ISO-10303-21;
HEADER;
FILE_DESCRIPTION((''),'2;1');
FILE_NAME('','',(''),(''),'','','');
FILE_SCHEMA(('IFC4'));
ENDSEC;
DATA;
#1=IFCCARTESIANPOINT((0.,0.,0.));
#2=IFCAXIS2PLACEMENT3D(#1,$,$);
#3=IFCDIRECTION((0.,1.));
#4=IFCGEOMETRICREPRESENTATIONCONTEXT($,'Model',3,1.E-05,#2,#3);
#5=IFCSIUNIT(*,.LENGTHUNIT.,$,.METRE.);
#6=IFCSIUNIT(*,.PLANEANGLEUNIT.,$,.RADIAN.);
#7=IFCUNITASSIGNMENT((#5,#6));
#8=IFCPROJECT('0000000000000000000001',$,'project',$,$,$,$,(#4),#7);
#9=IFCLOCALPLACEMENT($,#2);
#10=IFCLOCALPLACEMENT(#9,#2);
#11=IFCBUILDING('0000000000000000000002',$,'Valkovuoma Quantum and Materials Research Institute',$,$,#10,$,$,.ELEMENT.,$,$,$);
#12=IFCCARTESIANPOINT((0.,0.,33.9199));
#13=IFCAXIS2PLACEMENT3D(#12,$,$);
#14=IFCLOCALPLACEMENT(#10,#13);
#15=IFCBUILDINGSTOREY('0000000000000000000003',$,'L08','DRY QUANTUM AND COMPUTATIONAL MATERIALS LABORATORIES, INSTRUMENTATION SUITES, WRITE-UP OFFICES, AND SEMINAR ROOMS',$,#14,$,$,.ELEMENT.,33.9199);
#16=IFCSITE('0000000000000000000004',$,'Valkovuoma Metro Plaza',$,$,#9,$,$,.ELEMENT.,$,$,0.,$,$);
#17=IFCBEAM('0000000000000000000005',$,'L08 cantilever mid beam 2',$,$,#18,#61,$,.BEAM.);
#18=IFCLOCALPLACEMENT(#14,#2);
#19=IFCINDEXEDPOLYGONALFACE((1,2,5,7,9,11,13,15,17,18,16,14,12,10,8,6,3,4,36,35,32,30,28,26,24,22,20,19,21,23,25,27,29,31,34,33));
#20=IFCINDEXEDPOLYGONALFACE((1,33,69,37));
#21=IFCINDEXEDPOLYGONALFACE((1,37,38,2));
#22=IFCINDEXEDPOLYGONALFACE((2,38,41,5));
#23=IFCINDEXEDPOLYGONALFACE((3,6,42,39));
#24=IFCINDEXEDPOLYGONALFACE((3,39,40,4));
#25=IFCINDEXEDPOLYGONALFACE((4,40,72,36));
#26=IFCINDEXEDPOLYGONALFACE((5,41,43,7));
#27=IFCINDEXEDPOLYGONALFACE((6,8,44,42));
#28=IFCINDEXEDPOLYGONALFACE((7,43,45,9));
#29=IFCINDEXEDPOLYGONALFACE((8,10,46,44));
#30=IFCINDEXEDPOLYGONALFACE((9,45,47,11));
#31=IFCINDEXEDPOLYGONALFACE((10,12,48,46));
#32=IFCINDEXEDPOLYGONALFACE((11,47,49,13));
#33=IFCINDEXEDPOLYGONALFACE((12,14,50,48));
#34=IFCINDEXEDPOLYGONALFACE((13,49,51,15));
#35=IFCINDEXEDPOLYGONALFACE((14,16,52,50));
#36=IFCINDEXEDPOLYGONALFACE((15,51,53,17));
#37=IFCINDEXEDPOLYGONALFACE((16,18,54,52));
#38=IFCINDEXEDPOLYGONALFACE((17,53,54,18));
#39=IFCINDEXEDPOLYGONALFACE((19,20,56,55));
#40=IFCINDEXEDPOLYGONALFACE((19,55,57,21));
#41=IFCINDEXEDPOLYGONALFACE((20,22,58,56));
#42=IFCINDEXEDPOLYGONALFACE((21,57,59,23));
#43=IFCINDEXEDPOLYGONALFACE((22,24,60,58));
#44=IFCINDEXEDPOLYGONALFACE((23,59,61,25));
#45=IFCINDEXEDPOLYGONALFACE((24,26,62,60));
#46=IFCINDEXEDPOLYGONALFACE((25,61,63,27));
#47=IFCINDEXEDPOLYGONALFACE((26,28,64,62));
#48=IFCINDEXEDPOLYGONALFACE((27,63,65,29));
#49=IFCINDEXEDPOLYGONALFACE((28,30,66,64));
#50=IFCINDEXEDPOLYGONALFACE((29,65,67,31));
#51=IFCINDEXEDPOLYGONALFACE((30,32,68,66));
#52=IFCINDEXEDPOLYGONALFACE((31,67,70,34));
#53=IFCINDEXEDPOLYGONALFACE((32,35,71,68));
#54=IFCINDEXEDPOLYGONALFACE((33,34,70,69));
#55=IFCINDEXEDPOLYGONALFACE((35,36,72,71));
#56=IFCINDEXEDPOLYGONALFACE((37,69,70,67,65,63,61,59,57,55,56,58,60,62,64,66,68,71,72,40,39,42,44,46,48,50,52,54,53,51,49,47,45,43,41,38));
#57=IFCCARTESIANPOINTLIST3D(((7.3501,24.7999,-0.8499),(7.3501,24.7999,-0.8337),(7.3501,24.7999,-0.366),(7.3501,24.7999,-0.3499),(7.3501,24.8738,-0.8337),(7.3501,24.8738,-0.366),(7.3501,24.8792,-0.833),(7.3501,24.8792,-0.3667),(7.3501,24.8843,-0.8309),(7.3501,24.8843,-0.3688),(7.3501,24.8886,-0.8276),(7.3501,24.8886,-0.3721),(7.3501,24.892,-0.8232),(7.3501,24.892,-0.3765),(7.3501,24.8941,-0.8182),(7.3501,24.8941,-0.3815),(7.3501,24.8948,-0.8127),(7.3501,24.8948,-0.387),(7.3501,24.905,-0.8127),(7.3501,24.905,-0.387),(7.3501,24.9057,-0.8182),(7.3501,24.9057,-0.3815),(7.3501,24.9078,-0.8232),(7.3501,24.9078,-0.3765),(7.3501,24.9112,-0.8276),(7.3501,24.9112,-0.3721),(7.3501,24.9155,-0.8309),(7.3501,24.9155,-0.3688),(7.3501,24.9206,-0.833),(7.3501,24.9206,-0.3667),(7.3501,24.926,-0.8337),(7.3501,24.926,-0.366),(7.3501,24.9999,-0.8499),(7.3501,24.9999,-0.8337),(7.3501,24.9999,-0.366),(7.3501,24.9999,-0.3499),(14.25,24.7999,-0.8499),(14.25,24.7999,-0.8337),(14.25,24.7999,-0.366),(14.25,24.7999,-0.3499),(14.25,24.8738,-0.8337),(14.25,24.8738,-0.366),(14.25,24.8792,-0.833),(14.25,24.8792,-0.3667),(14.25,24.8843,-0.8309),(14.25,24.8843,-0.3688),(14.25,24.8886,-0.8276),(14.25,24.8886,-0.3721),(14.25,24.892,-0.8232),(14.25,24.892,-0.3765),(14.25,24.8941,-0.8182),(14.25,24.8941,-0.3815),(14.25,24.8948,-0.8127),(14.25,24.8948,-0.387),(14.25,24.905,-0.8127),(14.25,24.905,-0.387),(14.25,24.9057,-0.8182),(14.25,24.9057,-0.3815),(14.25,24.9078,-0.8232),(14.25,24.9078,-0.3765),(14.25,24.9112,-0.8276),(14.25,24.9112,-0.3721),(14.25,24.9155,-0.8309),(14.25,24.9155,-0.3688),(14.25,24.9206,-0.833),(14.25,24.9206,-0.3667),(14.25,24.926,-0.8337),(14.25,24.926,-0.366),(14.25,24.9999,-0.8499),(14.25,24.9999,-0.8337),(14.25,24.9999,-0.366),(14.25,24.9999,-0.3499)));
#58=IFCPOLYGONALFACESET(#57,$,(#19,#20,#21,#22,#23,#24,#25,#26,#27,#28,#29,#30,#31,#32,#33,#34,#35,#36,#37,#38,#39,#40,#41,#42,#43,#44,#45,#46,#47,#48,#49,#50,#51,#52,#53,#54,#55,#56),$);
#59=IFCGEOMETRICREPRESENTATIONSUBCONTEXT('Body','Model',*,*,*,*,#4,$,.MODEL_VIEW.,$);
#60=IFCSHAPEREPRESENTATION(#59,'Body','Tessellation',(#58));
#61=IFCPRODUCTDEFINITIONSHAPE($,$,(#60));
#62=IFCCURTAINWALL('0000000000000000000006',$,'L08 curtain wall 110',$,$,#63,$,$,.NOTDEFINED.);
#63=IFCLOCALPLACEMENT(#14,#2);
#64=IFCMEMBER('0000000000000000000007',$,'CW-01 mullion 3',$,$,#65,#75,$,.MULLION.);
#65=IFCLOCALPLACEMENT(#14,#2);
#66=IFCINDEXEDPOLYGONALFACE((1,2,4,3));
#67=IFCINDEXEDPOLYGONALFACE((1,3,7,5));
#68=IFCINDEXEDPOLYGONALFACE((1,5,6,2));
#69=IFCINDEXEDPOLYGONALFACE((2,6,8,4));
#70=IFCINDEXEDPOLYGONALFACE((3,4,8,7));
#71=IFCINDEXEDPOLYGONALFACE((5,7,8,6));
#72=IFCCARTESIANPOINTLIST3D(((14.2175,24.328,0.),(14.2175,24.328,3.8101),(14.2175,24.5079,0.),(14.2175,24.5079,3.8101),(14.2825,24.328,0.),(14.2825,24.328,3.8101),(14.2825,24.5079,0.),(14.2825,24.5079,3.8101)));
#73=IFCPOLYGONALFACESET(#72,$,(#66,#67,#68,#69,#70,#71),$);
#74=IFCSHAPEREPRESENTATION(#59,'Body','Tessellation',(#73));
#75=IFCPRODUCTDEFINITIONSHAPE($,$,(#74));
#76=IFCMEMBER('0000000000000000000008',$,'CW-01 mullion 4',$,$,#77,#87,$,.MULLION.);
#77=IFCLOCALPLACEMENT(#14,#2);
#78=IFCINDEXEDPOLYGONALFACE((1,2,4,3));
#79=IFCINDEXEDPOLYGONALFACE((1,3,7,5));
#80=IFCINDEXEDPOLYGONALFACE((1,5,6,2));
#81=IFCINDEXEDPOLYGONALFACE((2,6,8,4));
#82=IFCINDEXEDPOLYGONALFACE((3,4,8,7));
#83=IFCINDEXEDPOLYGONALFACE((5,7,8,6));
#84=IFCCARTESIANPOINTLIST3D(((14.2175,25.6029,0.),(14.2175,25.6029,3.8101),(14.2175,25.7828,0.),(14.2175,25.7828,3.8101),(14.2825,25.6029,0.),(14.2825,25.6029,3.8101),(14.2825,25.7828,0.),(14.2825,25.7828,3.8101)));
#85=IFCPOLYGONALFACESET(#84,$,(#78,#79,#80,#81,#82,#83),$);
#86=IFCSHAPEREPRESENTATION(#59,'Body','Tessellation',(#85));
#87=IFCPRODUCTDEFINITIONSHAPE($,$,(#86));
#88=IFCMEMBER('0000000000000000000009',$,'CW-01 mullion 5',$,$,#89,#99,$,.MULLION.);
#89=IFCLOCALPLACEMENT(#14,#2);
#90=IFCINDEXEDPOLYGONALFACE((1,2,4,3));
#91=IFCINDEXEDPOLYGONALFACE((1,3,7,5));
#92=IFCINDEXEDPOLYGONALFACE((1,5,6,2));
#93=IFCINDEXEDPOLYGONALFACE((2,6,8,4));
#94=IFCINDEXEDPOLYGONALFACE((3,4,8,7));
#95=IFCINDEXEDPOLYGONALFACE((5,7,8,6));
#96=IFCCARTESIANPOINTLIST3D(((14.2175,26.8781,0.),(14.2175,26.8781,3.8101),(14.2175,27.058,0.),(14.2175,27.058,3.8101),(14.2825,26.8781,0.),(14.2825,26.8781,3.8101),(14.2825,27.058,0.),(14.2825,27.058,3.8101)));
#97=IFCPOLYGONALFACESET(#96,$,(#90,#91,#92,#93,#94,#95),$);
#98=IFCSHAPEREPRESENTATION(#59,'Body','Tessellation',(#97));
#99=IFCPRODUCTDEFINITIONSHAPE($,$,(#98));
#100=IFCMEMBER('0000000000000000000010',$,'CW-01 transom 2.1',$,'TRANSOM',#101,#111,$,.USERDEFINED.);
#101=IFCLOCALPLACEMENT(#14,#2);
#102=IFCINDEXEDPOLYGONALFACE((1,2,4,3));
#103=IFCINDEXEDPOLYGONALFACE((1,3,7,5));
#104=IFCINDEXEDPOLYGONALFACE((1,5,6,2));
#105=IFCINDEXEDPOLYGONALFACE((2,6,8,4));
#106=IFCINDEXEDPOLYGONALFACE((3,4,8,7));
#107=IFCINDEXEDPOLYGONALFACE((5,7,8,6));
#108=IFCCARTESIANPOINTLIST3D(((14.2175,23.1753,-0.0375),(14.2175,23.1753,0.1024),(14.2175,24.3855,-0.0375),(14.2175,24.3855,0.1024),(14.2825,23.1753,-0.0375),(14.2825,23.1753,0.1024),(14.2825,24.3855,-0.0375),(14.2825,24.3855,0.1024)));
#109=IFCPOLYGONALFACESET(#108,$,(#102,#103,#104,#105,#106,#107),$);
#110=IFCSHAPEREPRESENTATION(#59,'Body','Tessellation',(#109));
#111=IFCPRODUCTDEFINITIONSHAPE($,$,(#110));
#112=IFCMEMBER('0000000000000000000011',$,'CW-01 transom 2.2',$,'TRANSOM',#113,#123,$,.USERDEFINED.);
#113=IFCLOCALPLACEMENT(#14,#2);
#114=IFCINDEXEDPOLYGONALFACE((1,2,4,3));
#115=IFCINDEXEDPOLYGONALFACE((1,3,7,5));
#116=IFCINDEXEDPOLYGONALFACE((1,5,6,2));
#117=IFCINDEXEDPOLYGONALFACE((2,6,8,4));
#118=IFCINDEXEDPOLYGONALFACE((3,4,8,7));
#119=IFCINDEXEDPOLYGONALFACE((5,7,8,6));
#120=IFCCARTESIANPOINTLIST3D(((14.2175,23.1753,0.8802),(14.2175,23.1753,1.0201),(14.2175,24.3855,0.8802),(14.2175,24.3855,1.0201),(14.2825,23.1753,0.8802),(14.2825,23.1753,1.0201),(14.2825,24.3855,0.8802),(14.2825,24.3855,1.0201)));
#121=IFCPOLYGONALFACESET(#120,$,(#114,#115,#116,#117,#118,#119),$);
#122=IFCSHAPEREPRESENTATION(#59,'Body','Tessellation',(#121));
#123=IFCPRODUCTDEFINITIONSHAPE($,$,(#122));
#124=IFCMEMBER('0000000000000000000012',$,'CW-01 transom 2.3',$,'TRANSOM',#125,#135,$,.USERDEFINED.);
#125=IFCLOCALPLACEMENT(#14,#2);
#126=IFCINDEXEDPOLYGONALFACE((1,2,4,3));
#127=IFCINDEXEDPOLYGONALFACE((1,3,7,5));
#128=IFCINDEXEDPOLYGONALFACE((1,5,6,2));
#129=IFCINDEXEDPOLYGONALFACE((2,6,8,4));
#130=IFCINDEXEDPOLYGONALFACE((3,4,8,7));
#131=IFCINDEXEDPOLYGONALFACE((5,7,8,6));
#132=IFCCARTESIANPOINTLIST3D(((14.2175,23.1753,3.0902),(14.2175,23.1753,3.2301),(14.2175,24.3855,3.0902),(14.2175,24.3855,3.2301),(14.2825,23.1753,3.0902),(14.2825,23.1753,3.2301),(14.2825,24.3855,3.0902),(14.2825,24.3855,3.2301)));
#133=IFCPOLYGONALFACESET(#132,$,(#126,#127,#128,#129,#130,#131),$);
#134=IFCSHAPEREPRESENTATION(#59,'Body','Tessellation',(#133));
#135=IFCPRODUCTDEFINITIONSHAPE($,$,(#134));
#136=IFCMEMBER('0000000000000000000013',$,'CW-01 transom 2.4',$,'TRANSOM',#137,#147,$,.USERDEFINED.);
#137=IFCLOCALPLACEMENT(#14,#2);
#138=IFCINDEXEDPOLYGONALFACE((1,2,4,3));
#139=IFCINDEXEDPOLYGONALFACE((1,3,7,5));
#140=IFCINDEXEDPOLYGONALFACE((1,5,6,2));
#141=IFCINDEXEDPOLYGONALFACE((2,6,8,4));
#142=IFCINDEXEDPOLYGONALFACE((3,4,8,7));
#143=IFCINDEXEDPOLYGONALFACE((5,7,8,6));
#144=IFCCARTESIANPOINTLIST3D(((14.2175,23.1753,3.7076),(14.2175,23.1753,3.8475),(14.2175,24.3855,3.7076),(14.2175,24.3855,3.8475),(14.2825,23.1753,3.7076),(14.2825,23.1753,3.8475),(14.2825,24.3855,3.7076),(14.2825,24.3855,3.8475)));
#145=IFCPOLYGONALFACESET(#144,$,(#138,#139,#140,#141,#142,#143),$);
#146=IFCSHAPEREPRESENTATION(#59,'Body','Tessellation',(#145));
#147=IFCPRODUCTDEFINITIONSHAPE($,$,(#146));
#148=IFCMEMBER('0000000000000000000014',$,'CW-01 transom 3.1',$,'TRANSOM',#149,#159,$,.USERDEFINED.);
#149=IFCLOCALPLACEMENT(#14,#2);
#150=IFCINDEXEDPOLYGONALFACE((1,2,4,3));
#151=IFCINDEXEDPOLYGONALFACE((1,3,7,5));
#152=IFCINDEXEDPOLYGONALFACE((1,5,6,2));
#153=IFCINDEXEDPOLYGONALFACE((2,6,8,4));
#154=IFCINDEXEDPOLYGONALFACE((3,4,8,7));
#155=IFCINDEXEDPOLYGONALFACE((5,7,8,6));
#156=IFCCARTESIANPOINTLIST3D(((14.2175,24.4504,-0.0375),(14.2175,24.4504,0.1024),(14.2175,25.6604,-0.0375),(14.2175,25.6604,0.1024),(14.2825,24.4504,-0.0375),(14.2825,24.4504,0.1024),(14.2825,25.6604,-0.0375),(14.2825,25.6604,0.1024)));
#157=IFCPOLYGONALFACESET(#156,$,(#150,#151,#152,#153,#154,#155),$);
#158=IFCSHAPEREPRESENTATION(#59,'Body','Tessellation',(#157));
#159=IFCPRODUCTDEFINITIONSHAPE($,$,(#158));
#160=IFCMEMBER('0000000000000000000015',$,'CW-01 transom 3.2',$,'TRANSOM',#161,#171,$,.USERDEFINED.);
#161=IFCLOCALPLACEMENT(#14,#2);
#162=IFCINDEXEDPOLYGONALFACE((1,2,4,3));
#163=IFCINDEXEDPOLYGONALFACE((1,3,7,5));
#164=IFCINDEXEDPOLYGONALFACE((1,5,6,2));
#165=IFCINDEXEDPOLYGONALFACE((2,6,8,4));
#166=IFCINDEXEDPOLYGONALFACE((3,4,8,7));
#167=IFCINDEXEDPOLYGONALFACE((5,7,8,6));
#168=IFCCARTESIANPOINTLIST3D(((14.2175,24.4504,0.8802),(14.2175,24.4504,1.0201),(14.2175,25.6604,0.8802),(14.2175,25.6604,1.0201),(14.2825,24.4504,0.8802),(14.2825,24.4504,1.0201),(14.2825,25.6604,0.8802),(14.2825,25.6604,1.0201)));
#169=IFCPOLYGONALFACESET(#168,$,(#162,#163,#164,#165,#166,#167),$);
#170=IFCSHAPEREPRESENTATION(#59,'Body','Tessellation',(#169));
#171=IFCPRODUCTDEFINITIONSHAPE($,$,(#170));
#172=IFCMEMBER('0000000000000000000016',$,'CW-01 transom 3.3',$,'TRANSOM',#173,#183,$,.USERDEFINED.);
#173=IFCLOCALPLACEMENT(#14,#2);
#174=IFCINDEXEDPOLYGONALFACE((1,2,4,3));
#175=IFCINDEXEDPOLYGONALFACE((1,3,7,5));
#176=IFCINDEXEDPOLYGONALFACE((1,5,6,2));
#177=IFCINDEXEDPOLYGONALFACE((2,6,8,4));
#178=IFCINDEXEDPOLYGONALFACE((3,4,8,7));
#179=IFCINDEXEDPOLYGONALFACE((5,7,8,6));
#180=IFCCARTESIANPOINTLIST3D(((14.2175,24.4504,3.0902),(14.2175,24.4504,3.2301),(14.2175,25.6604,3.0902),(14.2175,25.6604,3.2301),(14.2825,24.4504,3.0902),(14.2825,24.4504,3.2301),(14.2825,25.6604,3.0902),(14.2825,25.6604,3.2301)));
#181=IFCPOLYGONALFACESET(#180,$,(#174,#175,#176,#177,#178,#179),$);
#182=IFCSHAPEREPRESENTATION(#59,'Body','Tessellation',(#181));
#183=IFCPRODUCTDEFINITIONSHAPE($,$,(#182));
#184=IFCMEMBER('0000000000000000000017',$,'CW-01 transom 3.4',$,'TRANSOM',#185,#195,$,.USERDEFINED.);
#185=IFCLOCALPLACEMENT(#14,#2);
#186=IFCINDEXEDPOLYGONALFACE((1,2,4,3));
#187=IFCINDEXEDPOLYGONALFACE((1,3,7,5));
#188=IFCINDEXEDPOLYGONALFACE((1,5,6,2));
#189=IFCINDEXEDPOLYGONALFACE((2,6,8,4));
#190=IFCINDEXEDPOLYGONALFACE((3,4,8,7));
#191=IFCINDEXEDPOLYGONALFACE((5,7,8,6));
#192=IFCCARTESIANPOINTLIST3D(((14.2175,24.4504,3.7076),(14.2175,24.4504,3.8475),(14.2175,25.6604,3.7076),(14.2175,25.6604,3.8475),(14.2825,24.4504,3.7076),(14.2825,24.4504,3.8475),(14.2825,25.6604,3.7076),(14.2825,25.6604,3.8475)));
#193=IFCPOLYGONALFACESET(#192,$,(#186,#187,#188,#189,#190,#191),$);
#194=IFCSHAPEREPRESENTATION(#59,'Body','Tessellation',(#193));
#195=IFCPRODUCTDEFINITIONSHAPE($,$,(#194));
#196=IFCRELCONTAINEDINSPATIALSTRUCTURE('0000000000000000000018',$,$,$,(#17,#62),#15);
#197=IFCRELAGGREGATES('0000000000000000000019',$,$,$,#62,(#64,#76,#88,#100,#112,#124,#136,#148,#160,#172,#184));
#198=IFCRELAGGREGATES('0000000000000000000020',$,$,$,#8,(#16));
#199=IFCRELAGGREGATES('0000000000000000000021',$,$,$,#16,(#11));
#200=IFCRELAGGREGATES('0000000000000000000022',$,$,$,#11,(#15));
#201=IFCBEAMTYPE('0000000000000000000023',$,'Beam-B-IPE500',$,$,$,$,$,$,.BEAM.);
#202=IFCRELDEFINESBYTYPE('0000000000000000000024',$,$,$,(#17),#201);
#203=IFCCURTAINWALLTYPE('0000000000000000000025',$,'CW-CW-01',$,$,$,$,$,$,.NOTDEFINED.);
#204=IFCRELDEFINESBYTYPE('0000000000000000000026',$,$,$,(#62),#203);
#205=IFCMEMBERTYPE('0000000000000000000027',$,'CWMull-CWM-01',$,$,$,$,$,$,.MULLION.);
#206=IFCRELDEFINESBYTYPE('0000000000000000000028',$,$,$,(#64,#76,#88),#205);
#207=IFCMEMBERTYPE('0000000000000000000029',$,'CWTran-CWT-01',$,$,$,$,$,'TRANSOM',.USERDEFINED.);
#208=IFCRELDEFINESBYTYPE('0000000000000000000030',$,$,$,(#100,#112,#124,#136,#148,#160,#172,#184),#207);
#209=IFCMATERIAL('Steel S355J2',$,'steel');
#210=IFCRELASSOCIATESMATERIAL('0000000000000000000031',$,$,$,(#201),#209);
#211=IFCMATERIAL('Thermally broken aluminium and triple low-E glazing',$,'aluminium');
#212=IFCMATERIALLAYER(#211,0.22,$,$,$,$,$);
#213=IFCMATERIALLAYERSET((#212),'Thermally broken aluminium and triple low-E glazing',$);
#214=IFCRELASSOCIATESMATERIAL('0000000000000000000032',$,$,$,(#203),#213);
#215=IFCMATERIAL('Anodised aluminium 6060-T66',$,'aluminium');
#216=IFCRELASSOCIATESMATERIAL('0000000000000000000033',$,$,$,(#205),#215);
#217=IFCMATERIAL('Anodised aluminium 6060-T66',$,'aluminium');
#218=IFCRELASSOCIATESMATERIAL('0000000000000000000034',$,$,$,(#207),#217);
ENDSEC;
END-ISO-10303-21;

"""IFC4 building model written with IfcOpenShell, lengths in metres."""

from ifc_helpers import new_model, si_unit, direction, frame, origin, origin_2d, place, context, subcontext, project, spatial, rectangle, i_section, extrude, material, layer, layer_set, material_profile, profile_set, type_object, element, aggregate, save


model = new_model("IFC4")

# Units and contexts
model_context = context("Model", 3, precision=1e-05, world=origin(), true_north=direction((0.0, 1.0)))
body_context = subcontext(model_context, "Body", "Model", "MODEL_VIEW")
ifc_project = project(units=[si_unit("LENGTHUNIT", "METRE"), si_unit("PLANEANGLEUNIT", "RADIAN")], contexts=[model_context])

# Site, building, storey
site_placement = place(None, origin())
site = spatial("IfcSite", under=ifc_project, at=site_placement, Name="Valkovuoma Metro Plaza", CompositionType="ELEMENT", RefElevation=0.0)
building_placement = place(site_placement, origin())
building = spatial("IfcBuilding", under=site, at=building_placement, Name="Valkovuoma Quantum and Materials Research Institute", CompositionType="ELEMENT")
storey_placement = place(building_placement, frame((0.0, 0.0, 33.9199)))
storey = spatial("IfcBuildingStorey", under=building, at=storey_placement, Name="L08", Description="DRY QUANTUM AND COMPUTATIONAL MATERIALS LABORATORIES, INSTRUMENTATION SUITES, WRITE-UP OFFICES, AND SEMINAR ROOMS", CompositionType="ELEMENT", Elevation=33.9199)

# Beam
ifc_material_1 = material(Name="Steel S355J2", Category="steel")
ifc_material_profile_1 = material_profile(ifc_material_1, i_section(OverallWidth=0.2, OverallDepth=0.5, WebThickness=0.0103, FlangeThickness=0.0161, FilletRadius=0.021, at=origin_2d()), Name="Steel S355J2")
ifc_profile_set_1 = profile_set([ifc_material_profile_1], Name="Steel S355J2")
beam_type = type_object("IfcBeamType", Name="Beam-B-IPE500", PredefinedType="BEAM", material=ifc_profile_set_1)
beam_placement = place(storey_placement, frame((7.3501, 24.8999, -0.5999), z_axis=(1.0, 0.0, 0.0), x_axis=(0.0, 1.0, 0.0)))
element("IfcBeam", 1, at=beam_placement, inside=storey, type_object=beam_type, Name="L08 cantilever mid beam 2", PredefinedType="BEAM", context=body_context, shape_type="SweptSolid", body=[
    extrude(i_section(OverallWidth=0.2, OverallDepth=0.5, WebThickness=0.0103, FlangeThickness=0.0161, FilletRadius=0.021, at=origin_2d()), origin(), (0.0, 0.0, 1.0), 6.8999),
])

# Curtain wall, members
ifc_material_2 = material(Name="Thermally broken aluminium and triple low-E glazing", Category="aluminium")
ifc_layer_1 = layer(ifc_material_2, 0.22)
ifc_layer_set_1 = layer_set([ifc_layer_1], Name="Thermally broken aluminium and triple low-E glazing")
curtain_wall_type = type_object("IfcCurtainWallType", Name="CW-CW-01", PredefinedType="NOTDEFINED", material=ifc_layer_set_1)
curtain_wall_placement = place(storey_placement, origin())
curtain_wall = element("IfcCurtainWall", 2, at=curtain_wall_placement, inside=storey, type_object=curtain_wall_type, Name="L08 curtain wall 110", PredefinedType="NOTDEFINED")
ifc_material_3 = material(Name="Anodised aluminium 6060-T66", Category="aluminium")
ifc_material_profile_2 = material_profile(ifc_material_3, rectangle(XDim=0.0649, YDim=0.1799, at=origin_2d()), Name="Anodised aluminium 6060-T66")
ifc_profile_set_2 = profile_set([ifc_material_profile_2], Name="Anodised aluminium 6060-T66")
member_type_1 = type_object("IfcMemberType", Name="CWMull-CWM-01", PredefinedType="MULLION", material=ifc_profile_set_2)
member_1_placement = place(storey_placement, frame((14.25, 24.418, 0.0), z_axis=(0.0, 0.0, 1.0), x_axis=(-1.0, 0.0, 0.0)))
member_1 = element("IfcMember", 3, at=member_1_placement, type_object=member_type_1, Name="CW-01 mullion 3", PredefinedType="MULLION", context=body_context, shape_type="SweptSolid", body=[
    extrude(rectangle(XDim=0.0649, YDim=0.1799, at=origin_2d()), origin(), (0.0, 0.0, 1.0), 3.8101),
])
member_2_placement = place(storey_placement, frame((14.25, 25.6929, 0.0), z_axis=(0.0, 0.0, 1.0), x_axis=(-1.0, 0.0, 0.0)))
member_2 = element("IfcMember", 4, at=member_2_placement, type_object=member_type_1, Name="CW-01 mullion 4", PredefinedType="MULLION", context=body_context, shape_type="SweptSolid", body=[
    extrude(rectangle(XDim=0.0649, YDim=0.1799, at=origin_2d()), origin(), (0.0, 0.0, 1.0), 3.8101),
])
member_3_placement = place(storey_placement, frame((14.25, 26.968, 0.0), z_axis=(0.0, 0.0, 1.0), x_axis=(-1.0, 0.0, 0.0)))
member_3 = element("IfcMember", 5, at=member_3_placement, type_object=member_type_1, Name="CW-01 mullion 5", PredefinedType="MULLION", context=body_context, shape_type="SweptSolid", body=[
    extrude(rectangle(XDim=0.0649, YDim=0.1799, at=origin_2d()), origin(), (0.0, 0.0, 1.0), 3.8101),
])
ifc_material_4 = material(Name="Anodised aluminium 6060-T66", Category="aluminium")
ifc_material_profile_3 = material_profile(ifc_material_4, rectangle(XDim=0.0649, YDim=0.1399, at=origin_2d()), Name="Anodised aluminium 6060-T66")
ifc_profile_set_3 = profile_set([ifc_material_profile_3], Name="Anodised aluminium 6060-T66")
member_type_2 = type_object("IfcMemberType", Name="CWTran-CWT-01", ElementType="TRANSOM", PredefinedType="USERDEFINED", material=ifc_profile_set_3)
member_4_placement = place(storey_placement, frame((14.25, 23.1753, 0.0325), z_axis=(0.0, 1.0, 0.0), x_axis=(-1.0, 0.0, 0.0)))
member_4 = element("IfcMember", 6, at=member_4_placement, type_object=member_type_2, Name="CW-01 transom 2.1", ObjectType="TRANSOM", PredefinedType="USERDEFINED", context=body_context, shape_type="SweptSolid", body=[
    extrude(rectangle(XDim=0.0649, YDim=0.1399, at=origin_2d()), origin(), (0.0, 0.0, 1.0), 1.2102),
])
member_5_placement = place(storey_placement, frame((14.25, 23.1753, 0.9502), z_axis=(0.0, 1.0, 0.0), x_axis=(-1.0, 0.0, 0.0)))
member_5 = element("IfcMember", 7, at=member_5_placement, type_object=member_type_2, Name="CW-01 transom 2.2", ObjectType="TRANSOM", PredefinedType="USERDEFINED", context=body_context, shape_type="SweptSolid", body=[
    extrude(rectangle(XDim=0.0649, YDim=0.1399, at=origin_2d()), origin(), (0.0, 0.0, 1.0), 1.2102),
])
member_6_placement = place(storey_placement, frame((14.25, 23.1753, 3.1602), z_axis=(0.0, 1.0, 0.0), x_axis=(-1.0, 0.0, 0.0)))
member_6 = element("IfcMember", 8, at=member_6_placement, type_object=member_type_2, Name="CW-01 transom 2.3", ObjectType="TRANSOM", PredefinedType="USERDEFINED", context=body_context, shape_type="SweptSolid", body=[
    extrude(rectangle(XDim=0.0649, YDim=0.1399, at=origin_2d()), origin(), (0.0, 0.0, 1.0), 1.2102),
])
member_7_placement = place(storey_placement, frame((14.25, 23.1753, 3.7776), z_axis=(0.0, 1.0, 0.0), x_axis=(-1.0, 0.0, 0.0)))
member_7 = element("IfcMember", 9, at=member_7_placement, type_object=member_type_2, Name="CW-01 transom 2.4", ObjectType="TRANSOM", PredefinedType="USERDEFINED", context=body_context, shape_type="SweptSolid", body=[
    extrude(rectangle(XDim=0.0649, YDim=0.1399, at=origin_2d()), origin(), (0.0, 0.0, 1.0), 1.2102),
])
member_8_placement = place(storey_placement, frame((14.25, 24.4504, 0.0325), z_axis=(0.0, 1.0, 0.0), x_axis=(-1.0, 0.0, 0.0)))
member_8 = element("IfcMember", 10, at=member_8_placement, type_object=member_type_2, Name="CW-01 transom 3.1", ObjectType="TRANSOM", PredefinedType="USERDEFINED", context=body_context, shape_type="SweptSolid", body=[
    extrude(rectangle(XDim=0.0649, YDim=0.1399, at=origin_2d()), origin(), (0.0, 0.0, 1.0), 1.21),
])
member_9_placement = place(storey_placement, frame((14.25, 24.4504, 0.9502), z_axis=(0.0, 1.0, 0.0), x_axis=(-1.0, 0.0, 0.0)))
member_9 = element("IfcMember", 11, at=member_9_placement, type_object=member_type_2, Name="CW-01 transom 3.2", ObjectType="TRANSOM", PredefinedType="USERDEFINED", context=body_context, shape_type="SweptSolid", body=[
    extrude(rectangle(XDim=0.0649, YDim=0.1399, at=origin_2d()), origin(), (0.0, 0.0, 1.0), 1.21),
])
member_10_placement = place(storey_placement, frame((14.25, 24.4504, 3.1602), z_axis=(0.0, 1.0, 0.0), x_axis=(-1.0, 0.0, 0.0)))
member_10 = element("IfcMember", 12, at=member_10_placement, type_object=member_type_2, Name="CW-01 transom 3.3", ObjectType="TRANSOM", PredefinedType="USERDEFINED", context=body_context, shape_type="SweptSolid", body=[
    extrude(rectangle(XDim=0.0649, YDim=0.1399, at=origin_2d()), origin(), (0.0, 0.0, 1.0), 1.21),
])
member_11_placement = place(storey_placement, frame((14.25, 24.4504, 3.7776), z_axis=(0.0, 1.0, 0.0), x_axis=(-1.0, 0.0, 0.0)))
member_11 = element("IfcMember", 13, at=member_11_placement, type_object=member_type_2, Name="CW-01 transom 3.4", ObjectType="TRANSOM", PredefinedType="USERDEFINED", context=body_context, shape_type="SweptSolid", body=[
    extrude(rectangle(XDim=0.0649, YDim=0.1399, at=origin_2d()), origin(), (0.0, 0.0, 1.0), 1.21),
])
aggregate(curtain_wall, [member_1, member_2, member_3, member_4, member_5, member_6, member_7, member_8, member_9, member_10, member_11])

save(model, "model.ifc")
